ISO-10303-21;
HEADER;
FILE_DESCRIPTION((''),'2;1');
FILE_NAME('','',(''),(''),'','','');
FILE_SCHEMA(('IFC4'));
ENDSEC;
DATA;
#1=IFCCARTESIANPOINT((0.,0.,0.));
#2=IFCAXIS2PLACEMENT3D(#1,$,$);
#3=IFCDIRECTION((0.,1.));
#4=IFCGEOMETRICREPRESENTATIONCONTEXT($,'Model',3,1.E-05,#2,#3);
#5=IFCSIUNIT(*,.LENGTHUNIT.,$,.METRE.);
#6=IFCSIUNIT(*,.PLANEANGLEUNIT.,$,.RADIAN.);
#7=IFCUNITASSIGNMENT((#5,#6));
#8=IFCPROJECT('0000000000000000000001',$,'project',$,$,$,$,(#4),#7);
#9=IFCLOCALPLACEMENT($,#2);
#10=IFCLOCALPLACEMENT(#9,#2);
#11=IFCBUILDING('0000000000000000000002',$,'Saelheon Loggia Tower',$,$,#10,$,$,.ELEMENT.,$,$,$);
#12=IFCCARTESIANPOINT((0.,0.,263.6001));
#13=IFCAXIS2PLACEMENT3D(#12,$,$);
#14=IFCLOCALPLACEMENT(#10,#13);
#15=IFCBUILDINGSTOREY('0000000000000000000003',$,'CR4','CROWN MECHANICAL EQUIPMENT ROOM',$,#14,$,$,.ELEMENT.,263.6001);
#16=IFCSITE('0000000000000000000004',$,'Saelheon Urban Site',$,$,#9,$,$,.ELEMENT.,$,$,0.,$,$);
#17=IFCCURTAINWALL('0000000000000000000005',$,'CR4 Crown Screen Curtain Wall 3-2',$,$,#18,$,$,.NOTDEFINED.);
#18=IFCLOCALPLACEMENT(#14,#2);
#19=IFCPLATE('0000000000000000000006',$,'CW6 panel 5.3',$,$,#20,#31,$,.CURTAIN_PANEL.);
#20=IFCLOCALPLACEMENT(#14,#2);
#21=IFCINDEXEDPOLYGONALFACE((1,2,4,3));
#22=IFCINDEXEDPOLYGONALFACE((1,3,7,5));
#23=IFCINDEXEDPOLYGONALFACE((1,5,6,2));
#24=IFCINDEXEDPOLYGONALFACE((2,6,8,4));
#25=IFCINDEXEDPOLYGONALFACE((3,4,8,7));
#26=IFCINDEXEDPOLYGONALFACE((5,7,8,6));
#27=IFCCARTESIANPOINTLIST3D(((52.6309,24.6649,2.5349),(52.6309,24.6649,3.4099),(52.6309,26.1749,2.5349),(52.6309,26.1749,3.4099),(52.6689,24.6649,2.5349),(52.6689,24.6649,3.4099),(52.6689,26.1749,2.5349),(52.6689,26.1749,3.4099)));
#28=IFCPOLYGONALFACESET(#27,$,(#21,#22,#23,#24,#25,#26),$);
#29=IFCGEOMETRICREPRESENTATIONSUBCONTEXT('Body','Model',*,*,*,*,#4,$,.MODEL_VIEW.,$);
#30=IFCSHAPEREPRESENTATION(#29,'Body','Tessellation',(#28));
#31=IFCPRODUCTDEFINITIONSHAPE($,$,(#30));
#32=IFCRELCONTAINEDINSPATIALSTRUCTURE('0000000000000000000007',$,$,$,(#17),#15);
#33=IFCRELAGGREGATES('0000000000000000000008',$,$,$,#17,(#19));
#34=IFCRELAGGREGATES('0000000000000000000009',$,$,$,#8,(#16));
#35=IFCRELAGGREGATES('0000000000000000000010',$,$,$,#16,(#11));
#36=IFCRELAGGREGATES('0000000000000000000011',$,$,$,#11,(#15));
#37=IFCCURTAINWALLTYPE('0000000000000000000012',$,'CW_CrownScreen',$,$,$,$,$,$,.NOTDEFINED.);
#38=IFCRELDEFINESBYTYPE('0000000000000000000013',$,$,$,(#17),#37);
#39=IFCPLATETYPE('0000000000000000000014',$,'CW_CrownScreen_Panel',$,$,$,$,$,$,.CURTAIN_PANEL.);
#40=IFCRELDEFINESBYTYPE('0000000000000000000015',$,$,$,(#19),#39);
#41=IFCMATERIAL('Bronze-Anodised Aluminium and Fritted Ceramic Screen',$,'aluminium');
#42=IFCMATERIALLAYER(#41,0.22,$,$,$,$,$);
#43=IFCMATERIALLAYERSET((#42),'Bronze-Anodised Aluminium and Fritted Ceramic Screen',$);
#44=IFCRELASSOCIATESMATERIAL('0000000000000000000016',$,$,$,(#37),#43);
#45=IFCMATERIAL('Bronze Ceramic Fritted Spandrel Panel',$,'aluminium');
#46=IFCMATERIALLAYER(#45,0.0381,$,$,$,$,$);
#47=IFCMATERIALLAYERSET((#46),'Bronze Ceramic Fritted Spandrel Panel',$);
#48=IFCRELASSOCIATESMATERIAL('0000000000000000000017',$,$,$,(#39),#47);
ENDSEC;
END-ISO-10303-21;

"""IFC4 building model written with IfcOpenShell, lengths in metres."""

from ifc_helpers import new_model, si_unit, direction, frame, origin, origin_2d, place, context, subcontext, project, spatial, rectangle, extrude, source, transform, mapped, material, layer, layer_set, type_object, element, aggregate, save


model = new_model("IFC4")

# Units and contexts
model_context = context("Model", 3, precision=1e-05, world=origin(), true_north=direction((0.0, 1.0)))
body_context = subcontext(model_context, "Body", "Model", "MODEL_VIEW")
ifc_project = project(units=[si_unit("LENGTHUNIT", "METRE"), si_unit("PLANEANGLEUNIT", "RADIAN")], contexts=[model_context])

# Site, building, storey
site_placement = place(None, origin())
site = spatial("IfcSite", under=ifc_project, at=site_placement, Name="Saelheon Urban Site", CompositionType="ELEMENT", RefElevation=0.0)
building_placement = place(site_placement, origin())
building = spatial("IfcBuilding", under=site, at=building_placement, Name="Saelheon Loggia Tower", CompositionType="ELEMENT")
storey_placement = place(building_placement, frame((0.0, 0.0, 263.6001)))
storey = spatial("IfcBuildingStorey", under=building, at=storey_placement, Name="CR4", Description="CROWN MECHANICAL EQUIPMENT ROOM", CompositionType="ELEMENT", Elevation=263.6001)

# Curtain wall, plate
ifc_material_1 = material(Name="Bronze-Anodised Aluminium and Fritted Ceramic Screen", Category="aluminium")
ifc_layer_1 = layer(ifc_material_1, 0.22)
ifc_layer_set_1 = layer_set([ifc_layer_1], Name="Bronze-Anodised Aluminium and Fritted Ceramic Screen")
curtain_wall_type = type_object("IfcCurtainWallType", Name="CW_CrownScreen", PredefinedType="NOTDEFINED", material=ifc_layer_set_1)
curtain_wall_placement = place(storey_placement, origin())
curtain_wall = element("IfcCurtainWall", 1, at=curtain_wall_placement, inside=storey, type_object=curtain_wall_type, Name="CR4 Crown Screen Curtain Wall 3-2", PredefinedType="NOTDEFINED")
ifc_material_2 = material(Name="Bronze Ceramic Fritted Spandrel Panel", Category="aluminium")
ifc_layer_2 = layer(ifc_material_2, 0.0381)
ifc_layer_set_2 = layer_set([ifc_layer_2], Name="Bronze Ceramic Fritted Spandrel Panel")
plate_type = type_object("IfcPlateType", Name="CW_CrownScreen_Panel", PredefinedType="CURTAIN_PANEL", material=ifc_layer_set_2)
shared_shape_1 = source(origin(), body_context, "Body", "SweptSolid", [
    extrude(rectangle(XDim=1.51, YDim=0.0381, at=origin_2d()), origin(), (0.0, 0.0, 1.0), 0.875),
])
plate_1_placement = place(storey_placement, frame((52.6499, 25.4199, 2.5349), z_axis=(0.0, 0.0, 1.0), x_axis=(0.0, 1.0, 0.0)))
plate_1 = element("IfcPlate", 2, at=plate_1_placement, type_object=plate_type, Name="CW6 panel 5.3", PredefinedType="CURTAIN_PANEL", context=body_context, shape_type="MappedRepresentation", body=[
    mapped(shared_shape_1, transform((0.0, 0.0, 0.0), scale=1.0)),
])
aggregate(curtain_wall, [plate_1])

save(model, "model.ifc")
